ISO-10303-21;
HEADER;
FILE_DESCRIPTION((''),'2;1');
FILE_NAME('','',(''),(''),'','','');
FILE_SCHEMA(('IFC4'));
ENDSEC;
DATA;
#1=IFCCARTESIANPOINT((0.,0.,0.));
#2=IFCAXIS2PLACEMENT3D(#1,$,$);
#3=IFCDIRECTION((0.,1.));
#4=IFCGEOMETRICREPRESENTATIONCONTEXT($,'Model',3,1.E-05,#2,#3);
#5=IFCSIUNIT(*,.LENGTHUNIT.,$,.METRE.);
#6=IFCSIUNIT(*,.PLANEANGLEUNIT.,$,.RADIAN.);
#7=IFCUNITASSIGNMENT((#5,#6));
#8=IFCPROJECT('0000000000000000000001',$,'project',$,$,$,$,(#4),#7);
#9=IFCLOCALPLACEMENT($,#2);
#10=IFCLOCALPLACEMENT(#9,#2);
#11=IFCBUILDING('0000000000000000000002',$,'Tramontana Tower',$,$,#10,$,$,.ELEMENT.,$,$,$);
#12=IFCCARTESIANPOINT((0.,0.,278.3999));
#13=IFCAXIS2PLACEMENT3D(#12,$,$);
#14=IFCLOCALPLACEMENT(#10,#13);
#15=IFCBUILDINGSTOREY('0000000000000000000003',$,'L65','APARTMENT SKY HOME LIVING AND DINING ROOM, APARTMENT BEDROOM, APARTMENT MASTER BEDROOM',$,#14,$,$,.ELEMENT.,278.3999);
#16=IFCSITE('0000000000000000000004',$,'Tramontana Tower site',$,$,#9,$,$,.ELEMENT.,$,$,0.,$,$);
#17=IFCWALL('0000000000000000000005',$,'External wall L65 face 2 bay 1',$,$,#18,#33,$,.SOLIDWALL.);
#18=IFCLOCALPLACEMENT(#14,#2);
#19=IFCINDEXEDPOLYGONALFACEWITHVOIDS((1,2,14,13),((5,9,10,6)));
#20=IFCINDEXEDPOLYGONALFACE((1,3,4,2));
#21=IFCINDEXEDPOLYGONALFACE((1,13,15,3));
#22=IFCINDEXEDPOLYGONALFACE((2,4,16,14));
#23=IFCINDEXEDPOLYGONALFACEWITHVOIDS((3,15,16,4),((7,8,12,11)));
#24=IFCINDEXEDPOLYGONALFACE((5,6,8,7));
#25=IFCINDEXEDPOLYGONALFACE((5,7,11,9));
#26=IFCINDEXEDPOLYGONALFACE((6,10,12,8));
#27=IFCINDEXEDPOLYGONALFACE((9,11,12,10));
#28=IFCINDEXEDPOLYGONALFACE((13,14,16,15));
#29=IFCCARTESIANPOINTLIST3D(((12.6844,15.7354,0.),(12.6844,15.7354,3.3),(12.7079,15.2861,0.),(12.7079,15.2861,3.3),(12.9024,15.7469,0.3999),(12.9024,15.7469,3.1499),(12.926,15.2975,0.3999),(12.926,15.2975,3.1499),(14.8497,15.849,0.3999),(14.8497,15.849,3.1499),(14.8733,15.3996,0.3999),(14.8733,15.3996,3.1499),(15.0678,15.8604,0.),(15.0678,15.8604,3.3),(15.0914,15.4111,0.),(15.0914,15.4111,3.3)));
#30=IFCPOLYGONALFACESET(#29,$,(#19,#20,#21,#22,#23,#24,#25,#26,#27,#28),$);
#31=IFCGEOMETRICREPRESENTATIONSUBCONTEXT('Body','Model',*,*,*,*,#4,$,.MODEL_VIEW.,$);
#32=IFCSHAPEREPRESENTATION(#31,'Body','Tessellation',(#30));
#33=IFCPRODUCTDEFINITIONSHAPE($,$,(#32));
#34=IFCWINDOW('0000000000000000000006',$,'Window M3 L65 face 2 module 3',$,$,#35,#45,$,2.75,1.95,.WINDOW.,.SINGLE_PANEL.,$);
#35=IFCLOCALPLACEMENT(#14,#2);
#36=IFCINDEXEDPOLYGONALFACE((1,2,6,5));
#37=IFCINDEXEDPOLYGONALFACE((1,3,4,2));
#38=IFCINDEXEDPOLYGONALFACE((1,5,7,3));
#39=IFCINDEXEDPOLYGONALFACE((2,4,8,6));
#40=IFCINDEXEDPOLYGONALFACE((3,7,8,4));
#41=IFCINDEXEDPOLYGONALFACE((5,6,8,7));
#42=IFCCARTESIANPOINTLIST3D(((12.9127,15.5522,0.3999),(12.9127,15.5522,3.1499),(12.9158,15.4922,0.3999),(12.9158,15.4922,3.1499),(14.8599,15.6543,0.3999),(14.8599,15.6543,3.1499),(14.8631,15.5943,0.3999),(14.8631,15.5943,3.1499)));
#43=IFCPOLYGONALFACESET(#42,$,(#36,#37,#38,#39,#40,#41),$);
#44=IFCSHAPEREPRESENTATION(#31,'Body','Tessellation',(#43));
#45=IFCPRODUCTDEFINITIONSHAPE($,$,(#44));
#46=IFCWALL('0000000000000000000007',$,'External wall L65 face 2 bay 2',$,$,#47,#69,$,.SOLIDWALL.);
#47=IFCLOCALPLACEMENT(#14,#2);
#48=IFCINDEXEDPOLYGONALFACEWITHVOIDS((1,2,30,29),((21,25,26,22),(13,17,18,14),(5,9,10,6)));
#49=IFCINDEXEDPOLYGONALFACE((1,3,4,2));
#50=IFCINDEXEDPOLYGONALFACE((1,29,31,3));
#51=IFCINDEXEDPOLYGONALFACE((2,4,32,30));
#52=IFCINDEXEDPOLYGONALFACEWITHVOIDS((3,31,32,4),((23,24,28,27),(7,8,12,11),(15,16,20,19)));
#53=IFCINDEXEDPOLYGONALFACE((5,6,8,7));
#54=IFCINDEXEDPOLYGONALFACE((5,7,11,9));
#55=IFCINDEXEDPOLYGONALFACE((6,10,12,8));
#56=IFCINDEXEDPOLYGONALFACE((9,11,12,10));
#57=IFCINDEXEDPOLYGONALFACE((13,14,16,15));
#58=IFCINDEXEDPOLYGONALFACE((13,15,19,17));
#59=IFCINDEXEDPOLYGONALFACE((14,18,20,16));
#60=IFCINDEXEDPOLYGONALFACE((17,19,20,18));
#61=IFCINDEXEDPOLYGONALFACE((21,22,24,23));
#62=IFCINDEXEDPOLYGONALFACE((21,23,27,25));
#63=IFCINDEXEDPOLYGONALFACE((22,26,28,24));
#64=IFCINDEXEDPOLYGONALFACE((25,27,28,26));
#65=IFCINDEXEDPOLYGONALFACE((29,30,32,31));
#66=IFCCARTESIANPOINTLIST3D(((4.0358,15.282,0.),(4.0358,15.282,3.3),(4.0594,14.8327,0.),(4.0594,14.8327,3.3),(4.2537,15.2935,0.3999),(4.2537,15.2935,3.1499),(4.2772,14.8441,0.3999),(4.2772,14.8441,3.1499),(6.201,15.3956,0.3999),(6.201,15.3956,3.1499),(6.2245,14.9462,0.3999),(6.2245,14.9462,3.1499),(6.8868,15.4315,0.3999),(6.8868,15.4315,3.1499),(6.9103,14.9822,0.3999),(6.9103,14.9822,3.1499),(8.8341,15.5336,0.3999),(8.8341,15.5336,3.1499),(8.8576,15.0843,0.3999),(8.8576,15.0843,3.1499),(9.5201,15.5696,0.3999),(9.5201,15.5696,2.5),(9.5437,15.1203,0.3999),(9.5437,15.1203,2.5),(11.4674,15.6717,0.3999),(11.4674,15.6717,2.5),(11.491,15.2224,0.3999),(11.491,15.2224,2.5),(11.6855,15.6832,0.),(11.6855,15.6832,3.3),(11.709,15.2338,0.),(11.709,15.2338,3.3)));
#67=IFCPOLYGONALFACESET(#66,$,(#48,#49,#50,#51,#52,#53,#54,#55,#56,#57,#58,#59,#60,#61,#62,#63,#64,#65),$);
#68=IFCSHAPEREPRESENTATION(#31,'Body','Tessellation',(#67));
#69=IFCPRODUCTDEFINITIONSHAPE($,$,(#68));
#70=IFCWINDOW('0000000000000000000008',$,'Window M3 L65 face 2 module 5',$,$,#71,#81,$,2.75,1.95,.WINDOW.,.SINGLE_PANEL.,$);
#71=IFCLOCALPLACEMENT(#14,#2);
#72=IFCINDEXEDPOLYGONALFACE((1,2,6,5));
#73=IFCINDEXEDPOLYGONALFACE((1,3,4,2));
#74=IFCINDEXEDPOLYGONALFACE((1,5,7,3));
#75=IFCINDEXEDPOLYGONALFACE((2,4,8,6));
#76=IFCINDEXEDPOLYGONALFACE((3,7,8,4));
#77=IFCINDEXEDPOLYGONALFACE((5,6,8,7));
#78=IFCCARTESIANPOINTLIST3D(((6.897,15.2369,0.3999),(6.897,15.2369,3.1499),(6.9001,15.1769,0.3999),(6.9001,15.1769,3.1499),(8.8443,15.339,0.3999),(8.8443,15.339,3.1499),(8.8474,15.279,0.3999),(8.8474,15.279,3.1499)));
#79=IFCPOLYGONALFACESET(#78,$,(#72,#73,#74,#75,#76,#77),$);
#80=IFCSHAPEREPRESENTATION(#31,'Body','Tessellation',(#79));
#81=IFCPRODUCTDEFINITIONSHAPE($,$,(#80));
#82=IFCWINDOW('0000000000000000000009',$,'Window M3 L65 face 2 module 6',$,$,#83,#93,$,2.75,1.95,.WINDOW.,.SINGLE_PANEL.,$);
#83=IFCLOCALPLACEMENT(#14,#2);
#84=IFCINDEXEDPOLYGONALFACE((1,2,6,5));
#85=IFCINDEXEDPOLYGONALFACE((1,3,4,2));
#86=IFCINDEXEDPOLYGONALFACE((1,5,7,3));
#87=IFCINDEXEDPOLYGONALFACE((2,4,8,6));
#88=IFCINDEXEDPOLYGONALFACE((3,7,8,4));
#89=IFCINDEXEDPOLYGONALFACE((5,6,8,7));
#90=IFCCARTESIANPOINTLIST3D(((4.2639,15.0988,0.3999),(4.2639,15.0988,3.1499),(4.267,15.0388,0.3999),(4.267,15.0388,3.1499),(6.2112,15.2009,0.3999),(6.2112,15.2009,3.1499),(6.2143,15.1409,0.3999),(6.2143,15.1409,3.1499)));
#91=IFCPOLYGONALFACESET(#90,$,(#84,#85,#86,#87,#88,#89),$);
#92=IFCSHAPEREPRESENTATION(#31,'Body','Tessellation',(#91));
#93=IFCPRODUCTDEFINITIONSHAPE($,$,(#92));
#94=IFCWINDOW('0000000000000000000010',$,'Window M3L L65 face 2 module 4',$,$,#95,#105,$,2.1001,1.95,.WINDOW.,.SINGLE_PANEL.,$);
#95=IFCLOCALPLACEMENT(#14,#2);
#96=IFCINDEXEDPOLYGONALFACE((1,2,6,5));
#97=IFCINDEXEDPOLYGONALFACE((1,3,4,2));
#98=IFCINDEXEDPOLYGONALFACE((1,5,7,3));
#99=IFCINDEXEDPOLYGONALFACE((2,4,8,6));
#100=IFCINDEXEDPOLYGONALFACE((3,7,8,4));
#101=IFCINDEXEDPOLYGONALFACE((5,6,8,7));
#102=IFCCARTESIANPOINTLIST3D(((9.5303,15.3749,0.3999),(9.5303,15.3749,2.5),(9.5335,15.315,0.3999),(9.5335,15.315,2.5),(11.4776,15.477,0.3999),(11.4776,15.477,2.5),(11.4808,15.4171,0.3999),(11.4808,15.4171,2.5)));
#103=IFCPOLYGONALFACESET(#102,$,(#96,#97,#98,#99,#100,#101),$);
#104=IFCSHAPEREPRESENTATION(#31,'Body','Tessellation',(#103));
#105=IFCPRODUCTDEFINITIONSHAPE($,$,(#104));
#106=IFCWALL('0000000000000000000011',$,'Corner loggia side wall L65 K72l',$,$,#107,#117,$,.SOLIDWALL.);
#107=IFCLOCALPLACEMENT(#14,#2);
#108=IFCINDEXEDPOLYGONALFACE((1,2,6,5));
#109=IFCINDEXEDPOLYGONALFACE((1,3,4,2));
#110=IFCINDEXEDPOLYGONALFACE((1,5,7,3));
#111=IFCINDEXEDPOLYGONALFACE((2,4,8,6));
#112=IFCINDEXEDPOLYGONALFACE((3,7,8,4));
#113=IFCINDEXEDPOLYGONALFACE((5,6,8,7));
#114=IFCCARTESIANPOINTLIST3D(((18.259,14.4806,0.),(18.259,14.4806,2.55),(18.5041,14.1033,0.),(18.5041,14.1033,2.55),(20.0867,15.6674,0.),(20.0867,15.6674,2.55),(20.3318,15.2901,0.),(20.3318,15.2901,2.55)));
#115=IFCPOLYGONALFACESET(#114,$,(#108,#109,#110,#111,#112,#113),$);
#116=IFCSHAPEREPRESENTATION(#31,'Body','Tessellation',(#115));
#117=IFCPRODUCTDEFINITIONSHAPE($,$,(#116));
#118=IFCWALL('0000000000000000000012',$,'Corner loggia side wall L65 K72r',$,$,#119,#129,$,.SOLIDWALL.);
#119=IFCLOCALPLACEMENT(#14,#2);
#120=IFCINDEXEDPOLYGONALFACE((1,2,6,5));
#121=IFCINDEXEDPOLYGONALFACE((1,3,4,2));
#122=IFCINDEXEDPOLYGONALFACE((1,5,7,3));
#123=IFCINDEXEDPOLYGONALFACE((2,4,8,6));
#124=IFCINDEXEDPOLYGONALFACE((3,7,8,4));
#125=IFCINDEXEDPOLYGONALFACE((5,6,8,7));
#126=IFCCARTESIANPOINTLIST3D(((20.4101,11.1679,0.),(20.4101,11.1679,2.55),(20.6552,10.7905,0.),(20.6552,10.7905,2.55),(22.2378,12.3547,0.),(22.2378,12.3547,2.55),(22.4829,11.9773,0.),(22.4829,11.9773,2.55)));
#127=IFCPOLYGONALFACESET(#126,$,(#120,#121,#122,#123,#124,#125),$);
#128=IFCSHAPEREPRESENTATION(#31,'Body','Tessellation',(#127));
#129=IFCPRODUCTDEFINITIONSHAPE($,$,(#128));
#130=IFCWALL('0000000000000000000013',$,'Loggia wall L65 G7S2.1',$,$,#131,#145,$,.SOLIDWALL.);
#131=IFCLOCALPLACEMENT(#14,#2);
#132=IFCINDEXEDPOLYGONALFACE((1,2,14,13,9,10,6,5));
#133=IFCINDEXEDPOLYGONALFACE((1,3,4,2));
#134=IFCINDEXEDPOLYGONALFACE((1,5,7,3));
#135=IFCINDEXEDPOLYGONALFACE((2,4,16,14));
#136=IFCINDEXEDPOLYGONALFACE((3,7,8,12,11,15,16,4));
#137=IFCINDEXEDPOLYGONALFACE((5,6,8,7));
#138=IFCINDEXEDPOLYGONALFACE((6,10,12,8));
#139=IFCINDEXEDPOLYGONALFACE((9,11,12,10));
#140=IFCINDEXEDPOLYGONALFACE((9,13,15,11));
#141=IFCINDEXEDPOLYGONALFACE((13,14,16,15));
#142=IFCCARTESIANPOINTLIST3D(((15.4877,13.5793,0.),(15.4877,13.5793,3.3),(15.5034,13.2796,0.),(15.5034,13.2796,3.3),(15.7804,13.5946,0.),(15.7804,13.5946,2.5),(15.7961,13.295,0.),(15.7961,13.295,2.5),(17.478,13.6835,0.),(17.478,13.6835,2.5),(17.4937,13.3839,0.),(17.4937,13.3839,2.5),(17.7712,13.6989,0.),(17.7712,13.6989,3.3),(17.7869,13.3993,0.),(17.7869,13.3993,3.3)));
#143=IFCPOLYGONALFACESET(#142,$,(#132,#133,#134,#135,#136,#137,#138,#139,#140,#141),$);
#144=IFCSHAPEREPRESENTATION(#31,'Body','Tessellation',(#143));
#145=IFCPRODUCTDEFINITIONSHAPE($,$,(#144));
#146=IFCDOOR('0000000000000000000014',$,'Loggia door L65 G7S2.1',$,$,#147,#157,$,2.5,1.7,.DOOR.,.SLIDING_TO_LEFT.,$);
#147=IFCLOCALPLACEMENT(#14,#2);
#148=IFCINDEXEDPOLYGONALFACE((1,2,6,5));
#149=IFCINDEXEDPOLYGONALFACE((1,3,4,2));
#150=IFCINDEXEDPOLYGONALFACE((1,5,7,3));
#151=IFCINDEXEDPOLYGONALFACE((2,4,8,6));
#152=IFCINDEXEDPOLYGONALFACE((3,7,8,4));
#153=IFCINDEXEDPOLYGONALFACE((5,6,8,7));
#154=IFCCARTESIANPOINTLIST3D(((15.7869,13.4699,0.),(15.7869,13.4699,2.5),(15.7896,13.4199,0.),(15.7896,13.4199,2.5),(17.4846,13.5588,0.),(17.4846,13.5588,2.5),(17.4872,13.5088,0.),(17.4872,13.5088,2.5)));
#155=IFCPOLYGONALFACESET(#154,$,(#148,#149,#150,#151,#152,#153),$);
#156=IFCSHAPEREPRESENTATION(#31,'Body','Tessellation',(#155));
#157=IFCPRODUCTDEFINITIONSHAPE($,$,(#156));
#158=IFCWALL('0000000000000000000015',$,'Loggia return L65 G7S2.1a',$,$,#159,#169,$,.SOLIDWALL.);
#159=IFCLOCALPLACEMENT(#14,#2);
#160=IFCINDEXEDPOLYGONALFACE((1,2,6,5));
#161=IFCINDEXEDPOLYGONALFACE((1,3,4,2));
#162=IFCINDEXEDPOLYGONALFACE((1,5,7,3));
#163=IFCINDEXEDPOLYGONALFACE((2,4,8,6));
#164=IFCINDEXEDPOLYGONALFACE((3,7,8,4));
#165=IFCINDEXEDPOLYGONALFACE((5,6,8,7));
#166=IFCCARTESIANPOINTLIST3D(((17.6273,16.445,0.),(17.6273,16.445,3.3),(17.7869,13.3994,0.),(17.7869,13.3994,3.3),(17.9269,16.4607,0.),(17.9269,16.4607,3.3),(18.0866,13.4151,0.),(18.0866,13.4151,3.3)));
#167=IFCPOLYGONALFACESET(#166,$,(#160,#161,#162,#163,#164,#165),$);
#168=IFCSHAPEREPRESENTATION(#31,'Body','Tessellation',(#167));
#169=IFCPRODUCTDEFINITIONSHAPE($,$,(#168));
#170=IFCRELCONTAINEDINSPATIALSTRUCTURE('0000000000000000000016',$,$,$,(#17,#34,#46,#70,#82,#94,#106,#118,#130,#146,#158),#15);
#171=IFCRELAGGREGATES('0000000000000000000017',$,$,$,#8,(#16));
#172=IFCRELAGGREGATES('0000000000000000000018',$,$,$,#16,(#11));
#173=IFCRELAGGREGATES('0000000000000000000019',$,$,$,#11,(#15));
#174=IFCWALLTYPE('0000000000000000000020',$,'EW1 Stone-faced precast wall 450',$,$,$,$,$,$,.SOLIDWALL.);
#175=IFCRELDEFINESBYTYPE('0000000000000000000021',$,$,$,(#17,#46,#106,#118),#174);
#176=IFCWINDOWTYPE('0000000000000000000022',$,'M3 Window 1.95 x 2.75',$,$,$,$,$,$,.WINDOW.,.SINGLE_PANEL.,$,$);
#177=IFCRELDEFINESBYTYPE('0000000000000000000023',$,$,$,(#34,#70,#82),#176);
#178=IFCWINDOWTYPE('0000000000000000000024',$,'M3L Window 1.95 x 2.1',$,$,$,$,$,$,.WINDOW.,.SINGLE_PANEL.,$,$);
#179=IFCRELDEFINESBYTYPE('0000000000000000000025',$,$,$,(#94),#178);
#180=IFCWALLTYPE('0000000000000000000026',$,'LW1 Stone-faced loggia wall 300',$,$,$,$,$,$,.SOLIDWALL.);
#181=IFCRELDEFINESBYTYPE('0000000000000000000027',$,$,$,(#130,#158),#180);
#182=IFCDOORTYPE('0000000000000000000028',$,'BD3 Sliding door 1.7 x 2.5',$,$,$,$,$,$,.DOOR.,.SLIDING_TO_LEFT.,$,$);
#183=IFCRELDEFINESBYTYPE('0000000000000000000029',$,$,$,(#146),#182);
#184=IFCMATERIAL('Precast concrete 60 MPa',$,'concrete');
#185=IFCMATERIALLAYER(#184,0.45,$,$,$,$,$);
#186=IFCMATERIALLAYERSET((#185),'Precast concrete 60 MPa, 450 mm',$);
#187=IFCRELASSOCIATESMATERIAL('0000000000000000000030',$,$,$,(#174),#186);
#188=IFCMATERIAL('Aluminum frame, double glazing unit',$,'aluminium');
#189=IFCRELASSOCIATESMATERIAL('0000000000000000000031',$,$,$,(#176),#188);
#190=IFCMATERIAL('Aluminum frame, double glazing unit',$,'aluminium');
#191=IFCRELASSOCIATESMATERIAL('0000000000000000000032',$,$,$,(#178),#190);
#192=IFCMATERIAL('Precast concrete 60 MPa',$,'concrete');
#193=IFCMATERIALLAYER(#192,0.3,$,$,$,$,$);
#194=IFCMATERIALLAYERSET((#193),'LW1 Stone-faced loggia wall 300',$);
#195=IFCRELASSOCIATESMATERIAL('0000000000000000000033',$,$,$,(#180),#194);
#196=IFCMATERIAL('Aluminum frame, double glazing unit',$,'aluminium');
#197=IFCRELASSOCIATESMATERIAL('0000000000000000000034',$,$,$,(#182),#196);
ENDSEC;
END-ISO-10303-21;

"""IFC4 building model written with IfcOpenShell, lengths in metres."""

from ifc_helpers import new_model, si_unit, direction, frame, frame_2d, origin, place, context, subcontext, project, spatial, rectangle, extrude, material, layer, layer_set, type_object, element, fill, save


model = new_model("IFC4")

# Units and contexts
model_context = context("Model", 3, precision=1e-05, world=origin(), true_north=direction((0.0, 1.0)))
body_context = subcontext(model_context, "Body", "Model", "MODEL_VIEW")
ifc_project = project(units=[si_unit("LENGTHUNIT", "METRE"), si_unit("PLANEANGLEUNIT", "RADIAN")], contexts=[model_context])

# Site, building, storey
site_placement = place(None, origin())
site = spatial("IfcSite", under=ifc_project, at=site_placement, Name="Tramontana Tower site", CompositionType="ELEMENT", RefElevation=0.0)
building_placement = place(site_placement, origin())
building = spatial("IfcBuilding", under=site, at=building_placement, Name="Tramontana Tower", CompositionType="ELEMENT")
storey_placement = place(building_placement, frame((0.0, 0.0, 278.3999)))
storey = spatial("IfcBuildingStorey", under=building, at=storey_placement, Name="L65", Description="APARTMENT SKY HOME LIVING AND DINING ROOM, APARTMENT BEDROOM, APARTMENT MASTER BEDROOM", CompositionType="ELEMENT", Elevation=278.3999)

# Wall, opening, window
ifc_material_1 = material(Name="Precast concrete 60 MPa", Category="concrete")
ifc_layer_1 = layer(ifc_material_1, 0.45)
ifc_layer_set_1 = layer_set([ifc_layer_1], Name="Precast concrete 60 MPa, 450 mm")
wall_type_1 = type_object("IfcWallType", Name="EW1 Stone-faced precast wall 450", PredefinedType="SOLIDWALL", material=ifc_layer_set_1)
wall_1_placement = place(storey_placement, frame((15.0796, 15.6357, 0.0), z_axis=(0.0, 0.0, 1.0), x_axis=(-0.998628, -0.052371, 0.0)))
wall_1 = element("IfcWall", 1, at=wall_1_placement, inside=storey, type_object=wall_type_1, Name="External wall L65 face 2 bay 1", PredefinedType="SOLIDWALL", context=body_context, shape_type="SweptSolid", body=[
    extrude(rectangle(XDim=2.3867, YDim=0.45, at=frame_2d((1.1934, 0.0))), origin(), (0.0, 0.0, 1.0), 3.3),
])
opening_1_placement = place(wall_1_placement, frame((0.2183, 0.0, 0.3999)))
opening_1 = element("IfcOpeningElement", 2, at=opening_1_placement, cuts=wall_1, PredefinedType="OPENING", context=body_context, shape_type="SweptSolid", body=[
    extrude(rectangle(XDim=1.95, YDim=2.75, at=frame_2d((0.9751, 1.375))), frame((0.0, 0.2349, 0.0), z_axis=(0.0, -1.0, 0.0), x_axis=(1.0, 0.0, 0.0)), (0.0, 0.0, 1.0), 0.47),
])
ifc_material_2 = material(Name="Aluminum frame, double glazing unit", Category="aluminium")
window_type_1 = type_object("IfcWindowType", Name="M3 Window 1.95 x 2.75", PartitioningType="SINGLE_PANEL", PredefinedType="WINDOW", material=ifc_material_2)
window_1_placement = place(opening_1_placement, origin())
window_1 = element("IfcWindow", 3, at=window_1_placement, inside=storey, type_object=window_type_1, Name="Window M3 L65 face 2 module 3", OverallHeight=2.75, OverallWidth=1.95, PartitioningType="SINGLE_PANEL", PredefinedType="WINDOW", context=body_context, shape_type="SweptSolid", body=[
    extrude(rectangle(XDim=1.95, YDim=2.75, at=frame_2d((0.9751, 1.375))), frame((0.0, 0.03, 0.0), z_axis=(0.0, -1.0, 0.0), x_axis=(1.0, 0.0, 0.0)), (0.0, 0.0, 1.0), 0.0601),
])
fill(opening_1, window_1)

# Wall, openings, windows
wall_2_placement = place(storey_placement, frame((11.6973, 15.4585, 0.0), z_axis=(0.0, 0.0, 1.0), x_axis=(-0.998628, -0.052365, 0.0)))
wall_2 = element("IfcWall", 4, at=wall_2_placement, inside=storey, type_object=wall_type_1, Name="External wall L65 face 2 bay 2", PredefinedType="SOLIDWALL", context=body_context, shape_type="SweptSolid", body=[
    extrude(rectangle(XDim=7.6602, YDim=0.45, at=frame_2d((3.8301, 0.0))), origin(), (0.0, 0.0, 1.0), 3.3),
])
opening_2_placement = place(wall_2_placement, frame((0.2183, 0.0, 0.3999)))
opening_2 = element("IfcOpeningElement", 5, at=opening_2_placement, cuts=wall_2, PredefinedType="OPENING", context=body_context, shape_type="SweptSolid", body=[
    extrude(rectangle(XDim=1.95, YDim=2.1001, at=frame_2d((0.9751, 1.05))), frame((0.0, 0.2349, 0.0), z_axis=(0.0, -1.0, 0.0), x_axis=(1.0, 0.0, 0.0)), (0.0, 0.0, 1.0), 0.47),
])
opening_3_placement = place(wall_2_placement, frame((2.8552, 0.0, 0.3999)))
opening_3 = element("IfcOpeningElement", 6, at=opening_3_placement, cuts=wall_2, PredefinedType="OPENING", context=body_context, shape_type="SweptSolid", body=[
    extrude(rectangle(XDim=1.95, YDim=2.75, at=frame_2d((0.9751, 1.375))), frame((0.0, 0.2349, 0.0), z_axis=(0.0, -1.0, 0.0), x_axis=(1.0, 0.0, 0.0)), (0.0, 0.0, 1.0), 0.47),
])
opening_4_placement = place(wall_2_placement, frame((5.4919, 0.0, 0.3999)))
opening_4 = element("IfcOpeningElement", 7, at=opening_4_placement, cuts=wall_2, PredefinedType="OPENING", context=body_context, shape_type="SweptSolid", body=[
    extrude(rectangle(XDim=1.95, YDim=2.75, at=frame_2d((0.9751, 1.375))), frame((0.0, 0.2349, 0.0), z_axis=(0.0, -1.0, 0.0), x_axis=(1.0, 0.0, 0.0)), (0.0, 0.0, 1.0), 0.47),
])
window_2_placement = place(opening_3_placement, origin())
window_2 = element("IfcWindow", 8, at=window_2_placement, inside=storey, type_object=window_type_1, Name="Window M3 L65 face 2 module 5", OverallHeight=2.75, OverallWidth=1.95, PartitioningType="SINGLE_PANEL", PredefinedType="WINDOW", context=body_context, shape_type="SweptSolid", body=[
    extrude(rectangle(XDim=1.95, YDim=2.75, at=frame_2d((0.9751, 1.375))), frame((0.0, 0.03, 0.0), z_axis=(0.0, -1.0, 0.0), x_axis=(1.0, 0.0, 0.0)), (0.0, 0.0, 1.0), 0.0601),
])
fill(opening_3, window_2)
window_3_placement = place(opening_4_placement, origin())
window_3 = element("IfcWindow", 9, at=window_3_placement, inside=storey, type_object=window_type_1, Name="Window M3 L65 face 2 module 6", OverallHeight=2.75, OverallWidth=1.95, PartitioningType="SINGLE_PANEL", PredefinedType="WINDOW", context=body_context, shape_type="SweptSolid", body=[
    extrude(rectangle(XDim=1.95, YDim=2.75, at=frame_2d((0.9751, 1.375))), frame((0.0, 0.03, 0.0), z_axis=(0.0, -1.0, 0.0), x_axis=(1.0, 0.0, 0.0)), (0.0, 0.0, 1.0), 0.0601),
])
fill(opening_4, window_3)
ifc_material_3 = material(Name="Aluminum frame, double glazing unit", Category="aluminium")
window_type_2 = type_object("IfcWindowType", Name="M3L Window 1.95 x 2.1", PartitioningType="SINGLE_PANEL", PredefinedType="WINDOW", material=ifc_material_3)
window_4_placement = place(opening_2_placement, origin())
window_4 = element("IfcWindow", 10, at=window_4_placement, inside=storey, type_object=window_type_2, Name="Window M3L L65 face 2 module 4", OverallHeight=2.1001, OverallWidth=1.95, PartitioningType="SINGLE_PANEL", PredefinedType="WINDOW", context=body_context, shape_type="SweptSolid", body=[
    extrude(rectangle(XDim=1.95, YDim=2.1001, at=frame_2d((0.9751, 1.05))), frame((0.0, 0.03, 0.0), z_axis=(0.0, -1.0, 0.0), x_axis=(1.0, 0.0, 0.0)), (0.0, 0.0, 1.0), 0.0601),
])
fill(opening_2, window_4)

# Walls
for number, where, z_axis, x_axis, name in (
    (11, (20.2092, 15.4788, 0.0), (0.0, 0.0, 1.0), (-0.838694, -0.544602, 0.0), "Corner loggia side wall L65 K72l"),
    (12, (22.3604, 12.166, 0.0), (0.0, 0.0, 1.0), (-0.838694, -0.544602, 0.0), "Corner loggia side wall L65 K72r"),
):
    element("IfcWall", number, at=place(storey_placement, frame(where, z_axis=z_axis, x_axis=x_axis)), inside=storey, type_object=wall_type_1, Name=name, PredefinedType="SOLIDWALL", context=body_context, shape_type="SweptSolid", body=[
        extrude(rectangle(XDim=2.1792, YDim=0.45, at=frame_2d((1.0896, 0.0))), origin(), (0.0, 0.0, 1.0), 2.55),
    ])

# Wall, opening, door
ifc_material_4 = material(Name="Precast concrete 60 MPa", Category="concrete")
ifc_layer_2 = layer(ifc_material_4, 0.3)
ifc_layer_set_2 = layer_set([ifc_layer_2], Name="LW1 Stone-faced loggia wall 300")
wall_type_2 = type_object("IfcWallType", Name="LW1 Stone-faced loggia wall 300", PredefinedType="SOLIDWALL", material=ifc_layer_set_2)
wall_3_placement = place(storey_placement, frame((17.7791, 13.5491, 0.0), z_axis=(0.0, 0.0, 1.0), x_axis=(-0.99863, -0.052318, 0.0)))
wall_3 = element("IfcWall", 13, at=wall_3_placement, inside=storey, type_object=wall_type_2, Name="Loggia wall L65 G7S2.1", PredefinedType="SOLIDWALL", context=body_context, shape_type="SweptSolid", body=[
    extrude(rectangle(XDim=2.2866, YDim=0.3, at=frame_2d((1.1433, 0.0))), origin(), (0.0, 0.0, 1.0), 3.3),
])
opening_5_placement = place(wall_3_placement, frame((0.2935, 0.0, 0.0)))
opening_5 = element("IfcOpeningElement", 14, at=opening_5_placement, cuts=wall_3, PredefinedType="OPENING", context=body_context, shape_type="SweptSolid", body=[
    extrude(rectangle(XDim=1.7, YDim=2.5, at=frame_2d((0.8501, 1.25))), frame((0.0, 0.1599, 0.0), z_axis=(0.0, -1.0, 0.0), x_axis=(1.0, 0.0, 0.0)), (0.0, 0.0, 1.0), 0.3201),
])
ifc_material_5 = material(Name="Aluminum frame, double glazing unit", Category="aluminium")
door_type_1 = type_object("IfcDoorType", Name="BD3 Sliding door 1.7 x 2.5", OperationType="SLIDING_TO_LEFT", PredefinedType="DOOR", material=ifc_material_5)
door_1_placement = place(opening_5_placement, origin())
door_1 = element("IfcDoor", 15, at=door_1_placement, inside=storey, type_object=door_type_1, Name="Loggia door L65 G7S2.1", OperationType="SLIDING_TO_LEFT", OverallHeight=2.5, OverallWidth=1.7, PredefinedType="DOOR", context=body_context, shape_type="SweptSolid", body=[
    extrude(rectangle(XDim=1.7, YDim=2.5, at=frame_2d((0.8501, 1.25))), frame((0.0, 0.0249, 0.0), z_axis=(0.0, -1.0, 0.0), x_axis=(1.0, 0.0, 0.0)), (0.0, 0.0, 1.0), 0.05),
])
fill(opening_5, door_1)

# Wall
wall_4_placement = place(storey_placement, frame((17.7771, 16.4529, 0.0), z_axis=(0.0, 0.0, 1.0), x_axis=(0.052353, -0.998629, 0.0)))
element("IfcWall", 16, at=wall_4_placement, inside=storey, type_object=wall_type_2, Name="Loggia return L65 G7S2.1a", PredefinedType="SOLIDWALL", context=body_context, shape_type="SweptSolid", body=[
    extrude(rectangle(XDim=3.0498, YDim=0.3, at=frame_2d((1.5249, 0.0))), origin(), (0.0, 0.0, 1.0), 3.3),
])

save(model, "model.ifc")
